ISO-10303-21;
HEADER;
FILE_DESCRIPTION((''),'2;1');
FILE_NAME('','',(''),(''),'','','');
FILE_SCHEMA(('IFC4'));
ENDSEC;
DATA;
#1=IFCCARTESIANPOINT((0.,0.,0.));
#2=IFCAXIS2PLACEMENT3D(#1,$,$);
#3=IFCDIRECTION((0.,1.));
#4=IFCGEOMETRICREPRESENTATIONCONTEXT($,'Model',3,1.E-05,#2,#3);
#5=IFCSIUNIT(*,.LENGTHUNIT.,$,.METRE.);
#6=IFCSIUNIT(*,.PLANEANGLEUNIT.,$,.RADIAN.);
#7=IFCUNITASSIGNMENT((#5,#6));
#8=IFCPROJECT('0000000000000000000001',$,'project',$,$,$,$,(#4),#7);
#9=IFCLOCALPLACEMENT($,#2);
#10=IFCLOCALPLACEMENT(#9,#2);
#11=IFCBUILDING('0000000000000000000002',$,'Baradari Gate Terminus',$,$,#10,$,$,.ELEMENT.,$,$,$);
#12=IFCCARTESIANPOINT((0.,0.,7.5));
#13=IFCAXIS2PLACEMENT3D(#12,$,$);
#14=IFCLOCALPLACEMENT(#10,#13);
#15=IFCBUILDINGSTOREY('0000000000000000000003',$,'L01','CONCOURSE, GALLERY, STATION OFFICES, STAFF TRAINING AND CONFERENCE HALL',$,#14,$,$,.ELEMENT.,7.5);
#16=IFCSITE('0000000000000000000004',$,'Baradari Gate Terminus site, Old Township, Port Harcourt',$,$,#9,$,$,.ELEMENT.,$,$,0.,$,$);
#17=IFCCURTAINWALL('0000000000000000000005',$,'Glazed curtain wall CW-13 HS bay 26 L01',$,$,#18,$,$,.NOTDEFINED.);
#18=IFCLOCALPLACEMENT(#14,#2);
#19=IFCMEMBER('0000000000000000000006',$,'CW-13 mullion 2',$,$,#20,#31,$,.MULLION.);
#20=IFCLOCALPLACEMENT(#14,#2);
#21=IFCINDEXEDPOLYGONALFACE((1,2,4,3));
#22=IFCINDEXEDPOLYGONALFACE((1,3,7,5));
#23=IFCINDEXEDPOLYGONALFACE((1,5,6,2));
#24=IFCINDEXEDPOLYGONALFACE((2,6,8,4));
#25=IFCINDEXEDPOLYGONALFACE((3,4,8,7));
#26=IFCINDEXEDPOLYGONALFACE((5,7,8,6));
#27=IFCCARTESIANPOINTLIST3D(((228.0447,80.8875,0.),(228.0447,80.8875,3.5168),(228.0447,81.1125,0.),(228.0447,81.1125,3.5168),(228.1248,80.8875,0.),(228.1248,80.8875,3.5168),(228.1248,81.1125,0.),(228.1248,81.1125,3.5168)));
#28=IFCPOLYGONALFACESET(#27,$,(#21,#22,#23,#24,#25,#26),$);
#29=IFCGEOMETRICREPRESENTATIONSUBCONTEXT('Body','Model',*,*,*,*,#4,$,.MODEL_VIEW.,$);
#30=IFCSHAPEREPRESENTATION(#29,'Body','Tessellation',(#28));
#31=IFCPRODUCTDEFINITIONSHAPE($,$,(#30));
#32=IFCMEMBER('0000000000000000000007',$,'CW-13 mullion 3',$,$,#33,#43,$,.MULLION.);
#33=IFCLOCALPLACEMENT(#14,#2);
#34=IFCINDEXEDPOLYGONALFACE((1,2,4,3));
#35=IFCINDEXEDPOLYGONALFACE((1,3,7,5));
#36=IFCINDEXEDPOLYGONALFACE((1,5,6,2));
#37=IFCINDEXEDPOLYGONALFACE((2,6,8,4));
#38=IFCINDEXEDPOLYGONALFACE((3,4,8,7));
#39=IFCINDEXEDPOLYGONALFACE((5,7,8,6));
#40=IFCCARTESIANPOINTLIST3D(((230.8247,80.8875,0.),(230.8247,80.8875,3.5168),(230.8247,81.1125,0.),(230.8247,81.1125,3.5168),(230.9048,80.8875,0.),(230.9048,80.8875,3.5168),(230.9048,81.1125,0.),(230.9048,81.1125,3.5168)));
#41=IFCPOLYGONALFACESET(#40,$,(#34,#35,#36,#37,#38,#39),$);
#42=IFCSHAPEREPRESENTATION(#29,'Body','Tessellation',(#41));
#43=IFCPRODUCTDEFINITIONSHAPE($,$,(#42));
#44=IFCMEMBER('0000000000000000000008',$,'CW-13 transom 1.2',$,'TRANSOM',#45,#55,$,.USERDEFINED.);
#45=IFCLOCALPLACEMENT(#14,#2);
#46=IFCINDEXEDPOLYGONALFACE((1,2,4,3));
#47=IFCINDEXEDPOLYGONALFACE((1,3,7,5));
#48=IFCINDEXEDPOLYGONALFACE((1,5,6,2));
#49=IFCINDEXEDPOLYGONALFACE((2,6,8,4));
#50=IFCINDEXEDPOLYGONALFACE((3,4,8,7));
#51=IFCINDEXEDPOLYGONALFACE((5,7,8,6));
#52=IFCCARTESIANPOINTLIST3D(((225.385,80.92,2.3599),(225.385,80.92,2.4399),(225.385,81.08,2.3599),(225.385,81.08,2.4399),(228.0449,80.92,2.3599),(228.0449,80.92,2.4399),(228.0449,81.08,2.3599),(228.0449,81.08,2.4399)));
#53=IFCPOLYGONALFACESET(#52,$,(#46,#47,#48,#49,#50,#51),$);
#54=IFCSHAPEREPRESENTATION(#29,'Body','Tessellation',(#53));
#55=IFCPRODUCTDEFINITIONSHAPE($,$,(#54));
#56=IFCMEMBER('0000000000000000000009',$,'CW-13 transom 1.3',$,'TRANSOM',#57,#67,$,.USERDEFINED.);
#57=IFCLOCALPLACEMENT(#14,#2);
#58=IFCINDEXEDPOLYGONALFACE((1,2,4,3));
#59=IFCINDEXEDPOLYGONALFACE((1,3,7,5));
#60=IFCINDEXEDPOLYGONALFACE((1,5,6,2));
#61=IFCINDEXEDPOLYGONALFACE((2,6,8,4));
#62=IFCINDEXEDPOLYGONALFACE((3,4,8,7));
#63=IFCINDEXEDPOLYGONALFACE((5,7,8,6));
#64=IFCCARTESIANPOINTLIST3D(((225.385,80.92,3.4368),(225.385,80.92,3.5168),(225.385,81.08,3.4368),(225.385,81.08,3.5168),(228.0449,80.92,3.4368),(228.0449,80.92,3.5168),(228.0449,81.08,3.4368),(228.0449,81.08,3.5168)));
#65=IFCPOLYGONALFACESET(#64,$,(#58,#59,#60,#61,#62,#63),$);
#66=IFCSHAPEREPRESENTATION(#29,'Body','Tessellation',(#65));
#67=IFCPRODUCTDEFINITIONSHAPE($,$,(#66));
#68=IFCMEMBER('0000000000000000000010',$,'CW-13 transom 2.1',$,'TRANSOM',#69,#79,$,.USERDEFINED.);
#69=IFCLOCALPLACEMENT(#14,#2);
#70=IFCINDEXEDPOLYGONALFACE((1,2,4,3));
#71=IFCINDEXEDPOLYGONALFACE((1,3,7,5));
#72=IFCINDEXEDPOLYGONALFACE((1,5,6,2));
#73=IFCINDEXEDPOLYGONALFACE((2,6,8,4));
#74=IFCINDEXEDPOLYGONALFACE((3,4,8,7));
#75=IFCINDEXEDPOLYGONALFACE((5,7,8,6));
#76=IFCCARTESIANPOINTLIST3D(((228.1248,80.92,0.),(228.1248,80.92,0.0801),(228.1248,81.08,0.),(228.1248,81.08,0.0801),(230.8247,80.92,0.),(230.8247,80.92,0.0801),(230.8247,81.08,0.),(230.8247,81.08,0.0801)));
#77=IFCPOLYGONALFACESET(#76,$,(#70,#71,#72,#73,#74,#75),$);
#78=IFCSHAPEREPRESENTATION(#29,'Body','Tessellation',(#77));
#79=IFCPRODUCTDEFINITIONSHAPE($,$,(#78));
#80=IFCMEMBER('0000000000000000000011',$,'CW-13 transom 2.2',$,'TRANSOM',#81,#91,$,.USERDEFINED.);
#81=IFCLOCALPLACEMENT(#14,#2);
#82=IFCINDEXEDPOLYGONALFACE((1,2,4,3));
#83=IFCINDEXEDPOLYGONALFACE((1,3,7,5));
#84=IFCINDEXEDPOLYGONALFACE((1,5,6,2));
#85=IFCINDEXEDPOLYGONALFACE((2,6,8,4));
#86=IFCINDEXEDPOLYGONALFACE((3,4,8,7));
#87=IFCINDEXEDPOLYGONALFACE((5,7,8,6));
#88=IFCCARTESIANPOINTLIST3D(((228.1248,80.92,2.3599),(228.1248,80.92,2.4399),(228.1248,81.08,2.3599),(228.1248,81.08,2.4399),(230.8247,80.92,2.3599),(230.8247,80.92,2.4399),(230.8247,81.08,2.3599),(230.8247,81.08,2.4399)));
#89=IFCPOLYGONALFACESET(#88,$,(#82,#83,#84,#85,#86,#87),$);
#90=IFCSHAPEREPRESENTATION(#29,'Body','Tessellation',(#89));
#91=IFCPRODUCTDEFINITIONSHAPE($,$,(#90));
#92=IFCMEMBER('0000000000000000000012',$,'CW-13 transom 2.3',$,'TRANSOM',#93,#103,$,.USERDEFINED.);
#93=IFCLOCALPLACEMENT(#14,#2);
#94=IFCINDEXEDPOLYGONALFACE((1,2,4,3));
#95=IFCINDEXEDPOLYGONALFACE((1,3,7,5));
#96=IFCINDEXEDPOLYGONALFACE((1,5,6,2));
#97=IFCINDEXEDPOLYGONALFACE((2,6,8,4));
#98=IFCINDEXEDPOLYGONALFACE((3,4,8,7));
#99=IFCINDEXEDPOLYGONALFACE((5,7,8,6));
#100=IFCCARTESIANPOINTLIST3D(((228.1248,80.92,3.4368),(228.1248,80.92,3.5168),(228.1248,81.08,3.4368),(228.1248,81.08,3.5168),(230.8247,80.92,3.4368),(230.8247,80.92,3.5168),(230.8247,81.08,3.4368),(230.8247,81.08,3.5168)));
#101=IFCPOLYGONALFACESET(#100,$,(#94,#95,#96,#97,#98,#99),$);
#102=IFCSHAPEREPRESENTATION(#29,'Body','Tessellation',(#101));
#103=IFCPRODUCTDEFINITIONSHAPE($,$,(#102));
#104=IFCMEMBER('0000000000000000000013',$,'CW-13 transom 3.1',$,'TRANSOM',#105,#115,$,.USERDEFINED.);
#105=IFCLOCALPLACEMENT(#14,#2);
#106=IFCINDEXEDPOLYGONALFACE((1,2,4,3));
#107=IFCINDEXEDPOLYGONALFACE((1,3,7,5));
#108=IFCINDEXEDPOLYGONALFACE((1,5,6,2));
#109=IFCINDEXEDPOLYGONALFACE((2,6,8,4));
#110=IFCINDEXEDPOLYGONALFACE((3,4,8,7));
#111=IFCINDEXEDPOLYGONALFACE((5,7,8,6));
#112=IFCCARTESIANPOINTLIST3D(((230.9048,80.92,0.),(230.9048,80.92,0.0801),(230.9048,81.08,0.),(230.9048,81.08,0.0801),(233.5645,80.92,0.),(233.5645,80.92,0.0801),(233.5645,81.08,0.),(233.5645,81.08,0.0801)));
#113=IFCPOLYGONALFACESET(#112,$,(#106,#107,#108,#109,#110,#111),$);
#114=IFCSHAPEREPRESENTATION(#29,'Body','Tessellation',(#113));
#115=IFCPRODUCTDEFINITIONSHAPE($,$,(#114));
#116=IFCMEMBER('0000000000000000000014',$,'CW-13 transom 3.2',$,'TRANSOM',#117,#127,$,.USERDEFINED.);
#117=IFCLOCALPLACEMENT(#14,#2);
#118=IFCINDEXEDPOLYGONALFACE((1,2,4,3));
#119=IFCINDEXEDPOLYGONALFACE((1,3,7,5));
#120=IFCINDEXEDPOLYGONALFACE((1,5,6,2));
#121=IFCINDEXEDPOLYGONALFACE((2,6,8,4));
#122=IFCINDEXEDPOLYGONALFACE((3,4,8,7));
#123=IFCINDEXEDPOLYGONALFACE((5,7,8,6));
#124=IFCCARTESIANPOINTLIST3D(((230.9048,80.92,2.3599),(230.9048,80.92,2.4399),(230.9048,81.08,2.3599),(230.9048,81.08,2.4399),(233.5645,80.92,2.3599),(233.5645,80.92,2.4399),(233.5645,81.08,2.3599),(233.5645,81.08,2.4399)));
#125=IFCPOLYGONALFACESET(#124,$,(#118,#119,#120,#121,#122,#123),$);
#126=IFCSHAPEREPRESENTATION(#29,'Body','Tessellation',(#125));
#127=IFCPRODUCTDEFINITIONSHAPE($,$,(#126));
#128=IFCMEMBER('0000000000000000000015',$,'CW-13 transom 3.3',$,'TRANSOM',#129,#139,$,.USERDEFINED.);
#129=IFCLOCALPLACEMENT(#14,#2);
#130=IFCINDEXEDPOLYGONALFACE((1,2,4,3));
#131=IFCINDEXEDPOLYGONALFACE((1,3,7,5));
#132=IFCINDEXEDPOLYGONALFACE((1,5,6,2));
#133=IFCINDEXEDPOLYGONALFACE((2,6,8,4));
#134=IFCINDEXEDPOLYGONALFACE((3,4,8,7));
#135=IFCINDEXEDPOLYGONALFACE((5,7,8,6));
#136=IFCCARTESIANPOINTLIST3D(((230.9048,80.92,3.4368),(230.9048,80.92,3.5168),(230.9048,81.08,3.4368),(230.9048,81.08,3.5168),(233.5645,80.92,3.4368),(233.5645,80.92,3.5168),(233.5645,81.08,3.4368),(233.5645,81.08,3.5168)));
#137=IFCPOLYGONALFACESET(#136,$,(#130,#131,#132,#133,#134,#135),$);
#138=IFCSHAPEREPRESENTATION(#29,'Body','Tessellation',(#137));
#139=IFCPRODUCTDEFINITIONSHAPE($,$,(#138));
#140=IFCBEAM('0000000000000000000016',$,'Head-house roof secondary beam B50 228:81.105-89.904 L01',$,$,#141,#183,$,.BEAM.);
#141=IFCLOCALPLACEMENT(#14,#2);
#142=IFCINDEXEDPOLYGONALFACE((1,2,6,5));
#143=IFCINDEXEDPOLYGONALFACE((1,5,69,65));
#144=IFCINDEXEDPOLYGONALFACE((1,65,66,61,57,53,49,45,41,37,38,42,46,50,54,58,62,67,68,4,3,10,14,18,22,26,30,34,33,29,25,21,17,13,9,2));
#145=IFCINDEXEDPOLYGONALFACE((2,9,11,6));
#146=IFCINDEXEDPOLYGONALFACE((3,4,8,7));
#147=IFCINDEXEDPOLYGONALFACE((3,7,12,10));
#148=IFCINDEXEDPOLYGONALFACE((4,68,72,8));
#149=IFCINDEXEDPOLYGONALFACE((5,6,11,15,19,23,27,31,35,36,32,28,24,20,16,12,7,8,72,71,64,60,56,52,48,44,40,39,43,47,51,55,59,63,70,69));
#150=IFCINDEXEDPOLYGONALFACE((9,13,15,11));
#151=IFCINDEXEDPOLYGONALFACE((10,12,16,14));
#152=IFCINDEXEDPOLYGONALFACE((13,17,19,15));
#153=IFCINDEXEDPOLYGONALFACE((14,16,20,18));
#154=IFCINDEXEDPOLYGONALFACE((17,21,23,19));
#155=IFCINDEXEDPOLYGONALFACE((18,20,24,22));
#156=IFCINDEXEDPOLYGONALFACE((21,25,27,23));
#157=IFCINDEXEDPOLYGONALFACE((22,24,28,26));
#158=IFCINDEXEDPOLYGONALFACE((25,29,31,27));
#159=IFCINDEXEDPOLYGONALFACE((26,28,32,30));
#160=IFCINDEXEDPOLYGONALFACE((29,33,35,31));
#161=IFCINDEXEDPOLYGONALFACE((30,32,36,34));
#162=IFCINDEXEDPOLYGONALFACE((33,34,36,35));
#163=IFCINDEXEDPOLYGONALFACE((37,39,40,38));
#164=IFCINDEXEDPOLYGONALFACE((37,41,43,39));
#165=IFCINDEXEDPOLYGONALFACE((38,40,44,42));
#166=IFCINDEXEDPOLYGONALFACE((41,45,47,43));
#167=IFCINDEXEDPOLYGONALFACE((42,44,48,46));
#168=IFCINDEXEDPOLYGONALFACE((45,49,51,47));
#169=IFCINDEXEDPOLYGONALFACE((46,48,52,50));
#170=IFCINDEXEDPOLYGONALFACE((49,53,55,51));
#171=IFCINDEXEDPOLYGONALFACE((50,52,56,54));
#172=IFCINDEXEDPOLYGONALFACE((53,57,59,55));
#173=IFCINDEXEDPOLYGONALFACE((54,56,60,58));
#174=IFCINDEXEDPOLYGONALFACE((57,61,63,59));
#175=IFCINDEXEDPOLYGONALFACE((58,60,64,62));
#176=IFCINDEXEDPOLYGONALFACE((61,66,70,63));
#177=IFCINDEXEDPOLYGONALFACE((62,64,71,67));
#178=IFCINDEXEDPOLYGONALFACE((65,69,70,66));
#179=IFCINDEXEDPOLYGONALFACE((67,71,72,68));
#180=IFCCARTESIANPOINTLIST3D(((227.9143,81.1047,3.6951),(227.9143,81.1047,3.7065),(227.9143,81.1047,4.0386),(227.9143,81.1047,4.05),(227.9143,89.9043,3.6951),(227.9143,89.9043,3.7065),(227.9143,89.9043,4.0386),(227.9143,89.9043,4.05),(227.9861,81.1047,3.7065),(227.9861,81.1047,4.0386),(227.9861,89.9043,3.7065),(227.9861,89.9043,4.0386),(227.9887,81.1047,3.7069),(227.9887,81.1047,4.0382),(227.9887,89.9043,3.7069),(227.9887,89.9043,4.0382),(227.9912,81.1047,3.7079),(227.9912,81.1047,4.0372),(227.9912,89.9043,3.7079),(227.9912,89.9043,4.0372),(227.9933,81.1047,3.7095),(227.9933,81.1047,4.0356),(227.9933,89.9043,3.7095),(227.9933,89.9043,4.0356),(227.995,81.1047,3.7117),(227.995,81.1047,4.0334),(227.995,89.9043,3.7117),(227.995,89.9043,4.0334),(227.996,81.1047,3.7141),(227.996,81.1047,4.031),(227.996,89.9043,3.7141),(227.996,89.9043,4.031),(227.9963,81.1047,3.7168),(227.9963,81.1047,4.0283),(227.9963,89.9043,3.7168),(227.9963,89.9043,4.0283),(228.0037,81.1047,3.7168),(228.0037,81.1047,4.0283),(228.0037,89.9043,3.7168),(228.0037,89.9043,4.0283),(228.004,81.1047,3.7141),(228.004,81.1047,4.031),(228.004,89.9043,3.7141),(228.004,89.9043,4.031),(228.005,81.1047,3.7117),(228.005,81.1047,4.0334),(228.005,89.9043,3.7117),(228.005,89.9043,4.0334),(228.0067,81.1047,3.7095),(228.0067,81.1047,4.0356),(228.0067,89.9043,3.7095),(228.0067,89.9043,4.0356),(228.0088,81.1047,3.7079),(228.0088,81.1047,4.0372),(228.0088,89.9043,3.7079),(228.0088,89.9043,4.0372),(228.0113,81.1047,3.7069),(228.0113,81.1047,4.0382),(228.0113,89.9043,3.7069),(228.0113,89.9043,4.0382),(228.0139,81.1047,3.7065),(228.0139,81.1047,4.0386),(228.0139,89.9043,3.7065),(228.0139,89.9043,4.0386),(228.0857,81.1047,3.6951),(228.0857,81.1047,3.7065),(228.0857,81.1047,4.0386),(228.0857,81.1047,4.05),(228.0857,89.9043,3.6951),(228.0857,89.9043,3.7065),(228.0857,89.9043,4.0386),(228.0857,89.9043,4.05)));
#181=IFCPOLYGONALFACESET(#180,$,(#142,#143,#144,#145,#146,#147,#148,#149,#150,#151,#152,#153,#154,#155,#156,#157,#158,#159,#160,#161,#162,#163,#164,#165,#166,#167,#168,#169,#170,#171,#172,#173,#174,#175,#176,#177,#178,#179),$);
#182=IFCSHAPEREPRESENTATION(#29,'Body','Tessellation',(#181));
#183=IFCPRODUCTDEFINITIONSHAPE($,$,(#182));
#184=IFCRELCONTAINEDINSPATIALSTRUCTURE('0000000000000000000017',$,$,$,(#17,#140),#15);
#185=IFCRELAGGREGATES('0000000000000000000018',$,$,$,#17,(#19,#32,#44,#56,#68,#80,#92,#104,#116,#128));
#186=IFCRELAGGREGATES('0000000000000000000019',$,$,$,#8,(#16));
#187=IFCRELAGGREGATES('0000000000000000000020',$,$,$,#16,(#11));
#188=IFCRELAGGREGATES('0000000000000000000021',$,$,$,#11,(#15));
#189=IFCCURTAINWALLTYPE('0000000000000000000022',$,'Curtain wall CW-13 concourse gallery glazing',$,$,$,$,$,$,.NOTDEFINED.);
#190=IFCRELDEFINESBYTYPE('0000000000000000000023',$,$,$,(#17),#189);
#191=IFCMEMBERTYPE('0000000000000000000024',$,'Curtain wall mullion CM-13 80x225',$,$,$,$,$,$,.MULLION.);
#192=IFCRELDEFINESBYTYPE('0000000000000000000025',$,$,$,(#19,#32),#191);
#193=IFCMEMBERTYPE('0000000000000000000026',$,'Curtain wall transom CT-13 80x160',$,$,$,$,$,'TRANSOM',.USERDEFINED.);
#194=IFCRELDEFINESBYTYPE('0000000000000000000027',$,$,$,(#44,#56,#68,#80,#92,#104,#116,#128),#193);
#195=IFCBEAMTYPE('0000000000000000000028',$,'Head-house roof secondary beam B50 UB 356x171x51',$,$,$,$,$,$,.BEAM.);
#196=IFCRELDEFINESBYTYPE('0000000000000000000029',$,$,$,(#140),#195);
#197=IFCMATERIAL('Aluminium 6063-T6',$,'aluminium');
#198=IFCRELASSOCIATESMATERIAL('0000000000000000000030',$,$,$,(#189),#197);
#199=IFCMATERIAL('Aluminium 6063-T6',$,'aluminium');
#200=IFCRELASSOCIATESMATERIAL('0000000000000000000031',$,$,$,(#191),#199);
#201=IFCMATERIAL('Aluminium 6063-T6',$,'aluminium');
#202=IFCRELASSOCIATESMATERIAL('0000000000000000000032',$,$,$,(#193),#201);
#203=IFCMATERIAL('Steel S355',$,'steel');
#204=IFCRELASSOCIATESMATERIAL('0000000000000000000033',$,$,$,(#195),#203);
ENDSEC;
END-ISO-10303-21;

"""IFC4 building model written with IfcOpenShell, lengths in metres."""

from ifc_helpers import new_model, si_unit, direction, frame, origin, origin_2d, place, context, subcontext, project, spatial, rectangle, i_section, extrude, material, material_profile, profile_set, type_object, element, aggregate, save


model = new_model("IFC4")

# Units and contexts
model_context = context("Model", 3, precision=1e-05, world=origin(), true_north=direction((0.0, 1.0)))
body_context = subcontext(model_context, "Body", "Model", "MODEL_VIEW")
ifc_project = project(units=[si_unit("LENGTHUNIT", "METRE"), si_unit("PLANEANGLEUNIT", "RADIAN")], contexts=[model_context])

# Site, building, storey
site_placement = place(None, origin())
site = spatial("IfcSite", under=ifc_project, at=site_placement, Name="Baradari Gate Terminus site, Old Township, Port Harcourt", CompositionType="ELEMENT", RefElevation=0.0)
building_placement = place(site_placement, origin())
building = spatial("IfcBuilding", under=site, at=building_placement, Name="Baradari Gate Terminus", CompositionType="ELEMENT")
storey_placement = place(building_placement, frame((0.0, 0.0, 7.5)))
storey = spatial("IfcBuildingStorey", under=building, at=storey_placement, Name="L01", Description="CONCOURSE, GALLERY, STATION OFFICES, STAFF TRAINING AND CONFERENCE HALL", CompositionType="ELEMENT", Elevation=7.5)

# Curtain wall, members
ifc_material_1 = material(Name="Aluminium 6063-T6", Category="aluminium")
curtain_wall_type = type_object("IfcCurtainWallType", Name="Curtain wall CW-13 concourse gallery glazing", PredefinedType="NOTDEFINED", material=ifc_material_1)
curtain_wall_placement = place(storey_placement, origin())
curtain_wall = element("IfcCurtainWall", 1, at=curtain_wall_placement, inside=storey, type_object=curtain_wall_type, Name="Glazed curtain wall CW-13 HS bay 26 L01", PredefinedType="NOTDEFINED")
ifc_material_2 = material(Name="Aluminium 6063-T6", Category="aluminium")
ifc_material_profile_1 = material_profile(ifc_material_2, rectangle(XDim=0.2251, YDim=0.0801, at=origin_2d()), Name="CM-13 80X225")
ifc_profile_set_1 = profile_set([ifc_material_profile_1], Name="Aluminium 6063-T6")
member_type_1 = type_object("IfcMemberType", Name="Curtain wall mullion CM-13 80x225", PredefinedType="MULLION", material=ifc_profile_set_1)
member_1_placement = place(storey_placement, frame((228.0847, 81.0, 0.0), z_axis=(0.0, 0.0, 1.0), x_axis=(0.0, 1.0, 0.0)))
member_1 = element("IfcMember", 2, at=member_1_placement, type_object=member_type_1, Name="CW-13 mullion 2", PredefinedType="MULLION", context=body_context, shape_type="SweptSolid", body=[
    extrude(rectangle(XDim=0.2251, YDim=0.0801, at=origin_2d()), origin(), (0.0, 0.0, 1.0), 3.5168),
])
member_2_placement = place(storey_placement, frame((230.8647, 81.0, 0.0), z_axis=(0.0, 0.0, 1.0), x_axis=(0.0, 1.0, 0.0)))
member_2 = element("IfcMember", 3, at=member_2_placement, type_object=member_type_1, Name="CW-13 mullion 3", PredefinedType="MULLION", context=body_context, shape_type="SweptSolid", body=[
    extrude(rectangle(XDim=0.2251, YDim=0.0801, at=origin_2d()), origin(), (0.0, 0.0, 1.0), 3.5168),
])
ifc_material_3 = material(Name="Aluminium 6063-T6", Category="aluminium")
ifc_material_profile_2 = material_profile(ifc_material_3, rectangle(XDim=0.1599, YDim=0.0801, at=origin_2d()), Name="CT-13 80X160")
ifc_profile_set_2 = profile_set([ifc_material_profile_2], Name="Aluminium 6063-T6")
member_type_2 = type_object("IfcMemberType", Name="Curtain wall transom CT-13 80x160", ElementType="TRANSOM", PredefinedType="USERDEFINED", material=ifc_profile_set_2)
member_3_placement = place(storey_placement, frame((225.385, 81.0, 2.3999), z_axis=(1.0, 0.0, 0.0), x_axis=(0.0, 1.0, 0.0)))
member_3 = element("IfcMember", 4, at=member_3_placement, type_object=member_type_2, Name="CW-13 transom 1.2", ObjectType="TRANSOM", PredefinedType="USERDEFINED", context=body_context, shape_type="SweptSolid", body=[
    extrude(rectangle(XDim=0.1599, YDim=0.0801, at=origin_2d()), origin(), (0.0, 0.0, 1.0), 2.6599),
])
member_4_placement = place(storey_placement, frame((225.385, 81.0, 3.4768), z_axis=(1.0, 0.0, 0.0), x_axis=(0.0, 1.0, 0.0)))
member_4 = element("IfcMember", 5, at=member_4_placement, type_object=member_type_2, Name="CW-13 transom 1.3", ObjectType="TRANSOM", PredefinedType="USERDEFINED", context=body_context, shape_type="SweptSolid", body=[
    extrude(rectangle(XDim=0.1599, YDim=0.0801, at=origin_2d()), origin(), (0.0, 0.0, 1.0), 2.6599),
])
member_5_placement = place(storey_placement, frame((228.1248, 81.0, 0.04), z_axis=(1.0, 0.0, 0.0), x_axis=(0.0, 1.0, 0.0)))
member_5 = element("IfcMember", 6, at=member_5_placement, type_object=member_type_2, Name="CW-13 transom 2.1", ObjectType="TRANSOM", PredefinedType="USERDEFINED", context=body_context, shape_type="SweptSolid", body=[
    extrude(rectangle(XDim=0.1599, YDim=0.0801, at=origin_2d()), origin(), (0.0, 0.0, 1.0), 2.7),
])
member_6_placement = place(storey_placement, frame((228.1248, 81.0, 2.3999), z_axis=(1.0, 0.0, 0.0), x_axis=(0.0, 1.0, 0.0)))
member_6 = element("IfcMember", 7, at=member_6_placement, type_object=member_type_2, Name="CW-13 transom 2.2", ObjectType="TRANSOM", PredefinedType="USERDEFINED", context=body_context, shape_type="SweptSolid", body=[
    extrude(rectangle(XDim=0.1599, YDim=0.0801, at=origin_2d()), origin(), (0.0, 0.0, 1.0), 2.7),
])
member_7_placement = place(storey_placement, frame((228.1248, 81.0, 3.4768), z_axis=(1.0, 0.0, 0.0), x_axis=(0.0, 1.0, 0.0)))
member_7 = element("IfcMember", 8, at=member_7_placement, type_object=member_type_2, Name="CW-13 transom 2.3", ObjectType="TRANSOM", PredefinedType="USERDEFINED", context=body_context, shape_type="SweptSolid", body=[
    extrude(rectangle(XDim=0.1599, YDim=0.0801, at=origin_2d()), origin(), (0.0, 0.0, 1.0), 2.7),
])
member_8_placement = place(storey_placement, frame((230.9048, 81.0, 0.04), z_axis=(1.0, 0.0, 0.0), x_axis=(0.0, 1.0, 0.0)))
member_8 = element("IfcMember", 9, at=member_8_placement, type_object=member_type_2, Name="CW-13 transom 3.1", ObjectType="TRANSOM", PredefinedType="USERDEFINED", context=body_context, shape_type="SweptSolid", body=[
    extrude(rectangle(XDim=0.1599, YDim=0.0801, at=origin_2d()), origin(), (0.0, 0.0, 1.0), 2.6597),
])
member_9_placement = place(storey_placement, frame((230.9048, 81.0, 2.3999), z_axis=(1.0, 0.0, 0.0), x_axis=(0.0, 1.0, 0.0)))
member_9 = element("IfcMember", 10, at=member_9_placement, type_object=member_type_2, Name="CW-13 transom 3.2", ObjectType="TRANSOM", PredefinedType="USERDEFINED", context=body_context, shape_type="SweptSolid", body=[
    extrude(rectangle(XDim=0.1599, YDim=0.0801, at=origin_2d()), origin(), (0.0, 0.0, 1.0), 2.6597),
])
member_10_placement = place(storey_placement, frame((230.9048, 81.0, 3.4768), z_axis=(1.0, 0.0, 0.0), x_axis=(0.0, 1.0, 0.0)))
member_10 = element("IfcMember", 11, at=member_10_placement, type_object=member_type_2, Name="CW-13 transom 3.3", ObjectType="TRANSOM", PredefinedType="USERDEFINED", context=body_context, shape_type="SweptSolid", body=[
    extrude(rectangle(XDim=0.1599, YDim=0.0801, at=origin_2d()), origin(), (0.0, 0.0, 1.0), 2.6597),
])

# Beam
ifc_material_4 = material(Name="Steel S355", Category="steel")
ifc_material_profile_3 = material_profile(ifc_material_4, i_section(OverallWidth=0.1714, OverallDepth=0.355, WebThickness=0.0073, FlangeThickness=0.0115, FilletRadius=0.0103, at=origin_2d()), Name="UB 356x171x51")
ifc_profile_set_3 = profile_set([ifc_material_profile_3], Name="Steel S355")
beam_type_1 = type_object("IfcBeamType", Name="Head-house roof secondary beam B50 UB 356x171x51", PredefinedType="BEAM", material=ifc_profile_set_3)
beam_1_placement = place(storey_placement, frame((228.0, 81.1047, 3.8726), z_axis=(0.0, 1.0, 0.0), x_axis=(-1.0, 0.0, 0.0)))
element("IfcBeam", 12, at=beam_1_placement, inside=storey, type_object=beam_type_1, Name="Head-house roof secondary beam B50 228:81.105-89.904 L01", PredefinedType="BEAM", context=body_context, shape_type="SweptSolid", body=[
    extrude(i_section(OverallWidth=0.1714, OverallDepth=0.355, WebThickness=0.0073, FlangeThickness=0.0115, FilletRadius=0.0103, at=origin_2d()), origin(), (0.0, 0.0, 1.0), 8.7996),
])

aggregate(curtain_wall, [member_1, member_2, member_3, member_4, member_5, member_6, member_7, member_8, member_9, member_10])

save(model, "model.ifc")
